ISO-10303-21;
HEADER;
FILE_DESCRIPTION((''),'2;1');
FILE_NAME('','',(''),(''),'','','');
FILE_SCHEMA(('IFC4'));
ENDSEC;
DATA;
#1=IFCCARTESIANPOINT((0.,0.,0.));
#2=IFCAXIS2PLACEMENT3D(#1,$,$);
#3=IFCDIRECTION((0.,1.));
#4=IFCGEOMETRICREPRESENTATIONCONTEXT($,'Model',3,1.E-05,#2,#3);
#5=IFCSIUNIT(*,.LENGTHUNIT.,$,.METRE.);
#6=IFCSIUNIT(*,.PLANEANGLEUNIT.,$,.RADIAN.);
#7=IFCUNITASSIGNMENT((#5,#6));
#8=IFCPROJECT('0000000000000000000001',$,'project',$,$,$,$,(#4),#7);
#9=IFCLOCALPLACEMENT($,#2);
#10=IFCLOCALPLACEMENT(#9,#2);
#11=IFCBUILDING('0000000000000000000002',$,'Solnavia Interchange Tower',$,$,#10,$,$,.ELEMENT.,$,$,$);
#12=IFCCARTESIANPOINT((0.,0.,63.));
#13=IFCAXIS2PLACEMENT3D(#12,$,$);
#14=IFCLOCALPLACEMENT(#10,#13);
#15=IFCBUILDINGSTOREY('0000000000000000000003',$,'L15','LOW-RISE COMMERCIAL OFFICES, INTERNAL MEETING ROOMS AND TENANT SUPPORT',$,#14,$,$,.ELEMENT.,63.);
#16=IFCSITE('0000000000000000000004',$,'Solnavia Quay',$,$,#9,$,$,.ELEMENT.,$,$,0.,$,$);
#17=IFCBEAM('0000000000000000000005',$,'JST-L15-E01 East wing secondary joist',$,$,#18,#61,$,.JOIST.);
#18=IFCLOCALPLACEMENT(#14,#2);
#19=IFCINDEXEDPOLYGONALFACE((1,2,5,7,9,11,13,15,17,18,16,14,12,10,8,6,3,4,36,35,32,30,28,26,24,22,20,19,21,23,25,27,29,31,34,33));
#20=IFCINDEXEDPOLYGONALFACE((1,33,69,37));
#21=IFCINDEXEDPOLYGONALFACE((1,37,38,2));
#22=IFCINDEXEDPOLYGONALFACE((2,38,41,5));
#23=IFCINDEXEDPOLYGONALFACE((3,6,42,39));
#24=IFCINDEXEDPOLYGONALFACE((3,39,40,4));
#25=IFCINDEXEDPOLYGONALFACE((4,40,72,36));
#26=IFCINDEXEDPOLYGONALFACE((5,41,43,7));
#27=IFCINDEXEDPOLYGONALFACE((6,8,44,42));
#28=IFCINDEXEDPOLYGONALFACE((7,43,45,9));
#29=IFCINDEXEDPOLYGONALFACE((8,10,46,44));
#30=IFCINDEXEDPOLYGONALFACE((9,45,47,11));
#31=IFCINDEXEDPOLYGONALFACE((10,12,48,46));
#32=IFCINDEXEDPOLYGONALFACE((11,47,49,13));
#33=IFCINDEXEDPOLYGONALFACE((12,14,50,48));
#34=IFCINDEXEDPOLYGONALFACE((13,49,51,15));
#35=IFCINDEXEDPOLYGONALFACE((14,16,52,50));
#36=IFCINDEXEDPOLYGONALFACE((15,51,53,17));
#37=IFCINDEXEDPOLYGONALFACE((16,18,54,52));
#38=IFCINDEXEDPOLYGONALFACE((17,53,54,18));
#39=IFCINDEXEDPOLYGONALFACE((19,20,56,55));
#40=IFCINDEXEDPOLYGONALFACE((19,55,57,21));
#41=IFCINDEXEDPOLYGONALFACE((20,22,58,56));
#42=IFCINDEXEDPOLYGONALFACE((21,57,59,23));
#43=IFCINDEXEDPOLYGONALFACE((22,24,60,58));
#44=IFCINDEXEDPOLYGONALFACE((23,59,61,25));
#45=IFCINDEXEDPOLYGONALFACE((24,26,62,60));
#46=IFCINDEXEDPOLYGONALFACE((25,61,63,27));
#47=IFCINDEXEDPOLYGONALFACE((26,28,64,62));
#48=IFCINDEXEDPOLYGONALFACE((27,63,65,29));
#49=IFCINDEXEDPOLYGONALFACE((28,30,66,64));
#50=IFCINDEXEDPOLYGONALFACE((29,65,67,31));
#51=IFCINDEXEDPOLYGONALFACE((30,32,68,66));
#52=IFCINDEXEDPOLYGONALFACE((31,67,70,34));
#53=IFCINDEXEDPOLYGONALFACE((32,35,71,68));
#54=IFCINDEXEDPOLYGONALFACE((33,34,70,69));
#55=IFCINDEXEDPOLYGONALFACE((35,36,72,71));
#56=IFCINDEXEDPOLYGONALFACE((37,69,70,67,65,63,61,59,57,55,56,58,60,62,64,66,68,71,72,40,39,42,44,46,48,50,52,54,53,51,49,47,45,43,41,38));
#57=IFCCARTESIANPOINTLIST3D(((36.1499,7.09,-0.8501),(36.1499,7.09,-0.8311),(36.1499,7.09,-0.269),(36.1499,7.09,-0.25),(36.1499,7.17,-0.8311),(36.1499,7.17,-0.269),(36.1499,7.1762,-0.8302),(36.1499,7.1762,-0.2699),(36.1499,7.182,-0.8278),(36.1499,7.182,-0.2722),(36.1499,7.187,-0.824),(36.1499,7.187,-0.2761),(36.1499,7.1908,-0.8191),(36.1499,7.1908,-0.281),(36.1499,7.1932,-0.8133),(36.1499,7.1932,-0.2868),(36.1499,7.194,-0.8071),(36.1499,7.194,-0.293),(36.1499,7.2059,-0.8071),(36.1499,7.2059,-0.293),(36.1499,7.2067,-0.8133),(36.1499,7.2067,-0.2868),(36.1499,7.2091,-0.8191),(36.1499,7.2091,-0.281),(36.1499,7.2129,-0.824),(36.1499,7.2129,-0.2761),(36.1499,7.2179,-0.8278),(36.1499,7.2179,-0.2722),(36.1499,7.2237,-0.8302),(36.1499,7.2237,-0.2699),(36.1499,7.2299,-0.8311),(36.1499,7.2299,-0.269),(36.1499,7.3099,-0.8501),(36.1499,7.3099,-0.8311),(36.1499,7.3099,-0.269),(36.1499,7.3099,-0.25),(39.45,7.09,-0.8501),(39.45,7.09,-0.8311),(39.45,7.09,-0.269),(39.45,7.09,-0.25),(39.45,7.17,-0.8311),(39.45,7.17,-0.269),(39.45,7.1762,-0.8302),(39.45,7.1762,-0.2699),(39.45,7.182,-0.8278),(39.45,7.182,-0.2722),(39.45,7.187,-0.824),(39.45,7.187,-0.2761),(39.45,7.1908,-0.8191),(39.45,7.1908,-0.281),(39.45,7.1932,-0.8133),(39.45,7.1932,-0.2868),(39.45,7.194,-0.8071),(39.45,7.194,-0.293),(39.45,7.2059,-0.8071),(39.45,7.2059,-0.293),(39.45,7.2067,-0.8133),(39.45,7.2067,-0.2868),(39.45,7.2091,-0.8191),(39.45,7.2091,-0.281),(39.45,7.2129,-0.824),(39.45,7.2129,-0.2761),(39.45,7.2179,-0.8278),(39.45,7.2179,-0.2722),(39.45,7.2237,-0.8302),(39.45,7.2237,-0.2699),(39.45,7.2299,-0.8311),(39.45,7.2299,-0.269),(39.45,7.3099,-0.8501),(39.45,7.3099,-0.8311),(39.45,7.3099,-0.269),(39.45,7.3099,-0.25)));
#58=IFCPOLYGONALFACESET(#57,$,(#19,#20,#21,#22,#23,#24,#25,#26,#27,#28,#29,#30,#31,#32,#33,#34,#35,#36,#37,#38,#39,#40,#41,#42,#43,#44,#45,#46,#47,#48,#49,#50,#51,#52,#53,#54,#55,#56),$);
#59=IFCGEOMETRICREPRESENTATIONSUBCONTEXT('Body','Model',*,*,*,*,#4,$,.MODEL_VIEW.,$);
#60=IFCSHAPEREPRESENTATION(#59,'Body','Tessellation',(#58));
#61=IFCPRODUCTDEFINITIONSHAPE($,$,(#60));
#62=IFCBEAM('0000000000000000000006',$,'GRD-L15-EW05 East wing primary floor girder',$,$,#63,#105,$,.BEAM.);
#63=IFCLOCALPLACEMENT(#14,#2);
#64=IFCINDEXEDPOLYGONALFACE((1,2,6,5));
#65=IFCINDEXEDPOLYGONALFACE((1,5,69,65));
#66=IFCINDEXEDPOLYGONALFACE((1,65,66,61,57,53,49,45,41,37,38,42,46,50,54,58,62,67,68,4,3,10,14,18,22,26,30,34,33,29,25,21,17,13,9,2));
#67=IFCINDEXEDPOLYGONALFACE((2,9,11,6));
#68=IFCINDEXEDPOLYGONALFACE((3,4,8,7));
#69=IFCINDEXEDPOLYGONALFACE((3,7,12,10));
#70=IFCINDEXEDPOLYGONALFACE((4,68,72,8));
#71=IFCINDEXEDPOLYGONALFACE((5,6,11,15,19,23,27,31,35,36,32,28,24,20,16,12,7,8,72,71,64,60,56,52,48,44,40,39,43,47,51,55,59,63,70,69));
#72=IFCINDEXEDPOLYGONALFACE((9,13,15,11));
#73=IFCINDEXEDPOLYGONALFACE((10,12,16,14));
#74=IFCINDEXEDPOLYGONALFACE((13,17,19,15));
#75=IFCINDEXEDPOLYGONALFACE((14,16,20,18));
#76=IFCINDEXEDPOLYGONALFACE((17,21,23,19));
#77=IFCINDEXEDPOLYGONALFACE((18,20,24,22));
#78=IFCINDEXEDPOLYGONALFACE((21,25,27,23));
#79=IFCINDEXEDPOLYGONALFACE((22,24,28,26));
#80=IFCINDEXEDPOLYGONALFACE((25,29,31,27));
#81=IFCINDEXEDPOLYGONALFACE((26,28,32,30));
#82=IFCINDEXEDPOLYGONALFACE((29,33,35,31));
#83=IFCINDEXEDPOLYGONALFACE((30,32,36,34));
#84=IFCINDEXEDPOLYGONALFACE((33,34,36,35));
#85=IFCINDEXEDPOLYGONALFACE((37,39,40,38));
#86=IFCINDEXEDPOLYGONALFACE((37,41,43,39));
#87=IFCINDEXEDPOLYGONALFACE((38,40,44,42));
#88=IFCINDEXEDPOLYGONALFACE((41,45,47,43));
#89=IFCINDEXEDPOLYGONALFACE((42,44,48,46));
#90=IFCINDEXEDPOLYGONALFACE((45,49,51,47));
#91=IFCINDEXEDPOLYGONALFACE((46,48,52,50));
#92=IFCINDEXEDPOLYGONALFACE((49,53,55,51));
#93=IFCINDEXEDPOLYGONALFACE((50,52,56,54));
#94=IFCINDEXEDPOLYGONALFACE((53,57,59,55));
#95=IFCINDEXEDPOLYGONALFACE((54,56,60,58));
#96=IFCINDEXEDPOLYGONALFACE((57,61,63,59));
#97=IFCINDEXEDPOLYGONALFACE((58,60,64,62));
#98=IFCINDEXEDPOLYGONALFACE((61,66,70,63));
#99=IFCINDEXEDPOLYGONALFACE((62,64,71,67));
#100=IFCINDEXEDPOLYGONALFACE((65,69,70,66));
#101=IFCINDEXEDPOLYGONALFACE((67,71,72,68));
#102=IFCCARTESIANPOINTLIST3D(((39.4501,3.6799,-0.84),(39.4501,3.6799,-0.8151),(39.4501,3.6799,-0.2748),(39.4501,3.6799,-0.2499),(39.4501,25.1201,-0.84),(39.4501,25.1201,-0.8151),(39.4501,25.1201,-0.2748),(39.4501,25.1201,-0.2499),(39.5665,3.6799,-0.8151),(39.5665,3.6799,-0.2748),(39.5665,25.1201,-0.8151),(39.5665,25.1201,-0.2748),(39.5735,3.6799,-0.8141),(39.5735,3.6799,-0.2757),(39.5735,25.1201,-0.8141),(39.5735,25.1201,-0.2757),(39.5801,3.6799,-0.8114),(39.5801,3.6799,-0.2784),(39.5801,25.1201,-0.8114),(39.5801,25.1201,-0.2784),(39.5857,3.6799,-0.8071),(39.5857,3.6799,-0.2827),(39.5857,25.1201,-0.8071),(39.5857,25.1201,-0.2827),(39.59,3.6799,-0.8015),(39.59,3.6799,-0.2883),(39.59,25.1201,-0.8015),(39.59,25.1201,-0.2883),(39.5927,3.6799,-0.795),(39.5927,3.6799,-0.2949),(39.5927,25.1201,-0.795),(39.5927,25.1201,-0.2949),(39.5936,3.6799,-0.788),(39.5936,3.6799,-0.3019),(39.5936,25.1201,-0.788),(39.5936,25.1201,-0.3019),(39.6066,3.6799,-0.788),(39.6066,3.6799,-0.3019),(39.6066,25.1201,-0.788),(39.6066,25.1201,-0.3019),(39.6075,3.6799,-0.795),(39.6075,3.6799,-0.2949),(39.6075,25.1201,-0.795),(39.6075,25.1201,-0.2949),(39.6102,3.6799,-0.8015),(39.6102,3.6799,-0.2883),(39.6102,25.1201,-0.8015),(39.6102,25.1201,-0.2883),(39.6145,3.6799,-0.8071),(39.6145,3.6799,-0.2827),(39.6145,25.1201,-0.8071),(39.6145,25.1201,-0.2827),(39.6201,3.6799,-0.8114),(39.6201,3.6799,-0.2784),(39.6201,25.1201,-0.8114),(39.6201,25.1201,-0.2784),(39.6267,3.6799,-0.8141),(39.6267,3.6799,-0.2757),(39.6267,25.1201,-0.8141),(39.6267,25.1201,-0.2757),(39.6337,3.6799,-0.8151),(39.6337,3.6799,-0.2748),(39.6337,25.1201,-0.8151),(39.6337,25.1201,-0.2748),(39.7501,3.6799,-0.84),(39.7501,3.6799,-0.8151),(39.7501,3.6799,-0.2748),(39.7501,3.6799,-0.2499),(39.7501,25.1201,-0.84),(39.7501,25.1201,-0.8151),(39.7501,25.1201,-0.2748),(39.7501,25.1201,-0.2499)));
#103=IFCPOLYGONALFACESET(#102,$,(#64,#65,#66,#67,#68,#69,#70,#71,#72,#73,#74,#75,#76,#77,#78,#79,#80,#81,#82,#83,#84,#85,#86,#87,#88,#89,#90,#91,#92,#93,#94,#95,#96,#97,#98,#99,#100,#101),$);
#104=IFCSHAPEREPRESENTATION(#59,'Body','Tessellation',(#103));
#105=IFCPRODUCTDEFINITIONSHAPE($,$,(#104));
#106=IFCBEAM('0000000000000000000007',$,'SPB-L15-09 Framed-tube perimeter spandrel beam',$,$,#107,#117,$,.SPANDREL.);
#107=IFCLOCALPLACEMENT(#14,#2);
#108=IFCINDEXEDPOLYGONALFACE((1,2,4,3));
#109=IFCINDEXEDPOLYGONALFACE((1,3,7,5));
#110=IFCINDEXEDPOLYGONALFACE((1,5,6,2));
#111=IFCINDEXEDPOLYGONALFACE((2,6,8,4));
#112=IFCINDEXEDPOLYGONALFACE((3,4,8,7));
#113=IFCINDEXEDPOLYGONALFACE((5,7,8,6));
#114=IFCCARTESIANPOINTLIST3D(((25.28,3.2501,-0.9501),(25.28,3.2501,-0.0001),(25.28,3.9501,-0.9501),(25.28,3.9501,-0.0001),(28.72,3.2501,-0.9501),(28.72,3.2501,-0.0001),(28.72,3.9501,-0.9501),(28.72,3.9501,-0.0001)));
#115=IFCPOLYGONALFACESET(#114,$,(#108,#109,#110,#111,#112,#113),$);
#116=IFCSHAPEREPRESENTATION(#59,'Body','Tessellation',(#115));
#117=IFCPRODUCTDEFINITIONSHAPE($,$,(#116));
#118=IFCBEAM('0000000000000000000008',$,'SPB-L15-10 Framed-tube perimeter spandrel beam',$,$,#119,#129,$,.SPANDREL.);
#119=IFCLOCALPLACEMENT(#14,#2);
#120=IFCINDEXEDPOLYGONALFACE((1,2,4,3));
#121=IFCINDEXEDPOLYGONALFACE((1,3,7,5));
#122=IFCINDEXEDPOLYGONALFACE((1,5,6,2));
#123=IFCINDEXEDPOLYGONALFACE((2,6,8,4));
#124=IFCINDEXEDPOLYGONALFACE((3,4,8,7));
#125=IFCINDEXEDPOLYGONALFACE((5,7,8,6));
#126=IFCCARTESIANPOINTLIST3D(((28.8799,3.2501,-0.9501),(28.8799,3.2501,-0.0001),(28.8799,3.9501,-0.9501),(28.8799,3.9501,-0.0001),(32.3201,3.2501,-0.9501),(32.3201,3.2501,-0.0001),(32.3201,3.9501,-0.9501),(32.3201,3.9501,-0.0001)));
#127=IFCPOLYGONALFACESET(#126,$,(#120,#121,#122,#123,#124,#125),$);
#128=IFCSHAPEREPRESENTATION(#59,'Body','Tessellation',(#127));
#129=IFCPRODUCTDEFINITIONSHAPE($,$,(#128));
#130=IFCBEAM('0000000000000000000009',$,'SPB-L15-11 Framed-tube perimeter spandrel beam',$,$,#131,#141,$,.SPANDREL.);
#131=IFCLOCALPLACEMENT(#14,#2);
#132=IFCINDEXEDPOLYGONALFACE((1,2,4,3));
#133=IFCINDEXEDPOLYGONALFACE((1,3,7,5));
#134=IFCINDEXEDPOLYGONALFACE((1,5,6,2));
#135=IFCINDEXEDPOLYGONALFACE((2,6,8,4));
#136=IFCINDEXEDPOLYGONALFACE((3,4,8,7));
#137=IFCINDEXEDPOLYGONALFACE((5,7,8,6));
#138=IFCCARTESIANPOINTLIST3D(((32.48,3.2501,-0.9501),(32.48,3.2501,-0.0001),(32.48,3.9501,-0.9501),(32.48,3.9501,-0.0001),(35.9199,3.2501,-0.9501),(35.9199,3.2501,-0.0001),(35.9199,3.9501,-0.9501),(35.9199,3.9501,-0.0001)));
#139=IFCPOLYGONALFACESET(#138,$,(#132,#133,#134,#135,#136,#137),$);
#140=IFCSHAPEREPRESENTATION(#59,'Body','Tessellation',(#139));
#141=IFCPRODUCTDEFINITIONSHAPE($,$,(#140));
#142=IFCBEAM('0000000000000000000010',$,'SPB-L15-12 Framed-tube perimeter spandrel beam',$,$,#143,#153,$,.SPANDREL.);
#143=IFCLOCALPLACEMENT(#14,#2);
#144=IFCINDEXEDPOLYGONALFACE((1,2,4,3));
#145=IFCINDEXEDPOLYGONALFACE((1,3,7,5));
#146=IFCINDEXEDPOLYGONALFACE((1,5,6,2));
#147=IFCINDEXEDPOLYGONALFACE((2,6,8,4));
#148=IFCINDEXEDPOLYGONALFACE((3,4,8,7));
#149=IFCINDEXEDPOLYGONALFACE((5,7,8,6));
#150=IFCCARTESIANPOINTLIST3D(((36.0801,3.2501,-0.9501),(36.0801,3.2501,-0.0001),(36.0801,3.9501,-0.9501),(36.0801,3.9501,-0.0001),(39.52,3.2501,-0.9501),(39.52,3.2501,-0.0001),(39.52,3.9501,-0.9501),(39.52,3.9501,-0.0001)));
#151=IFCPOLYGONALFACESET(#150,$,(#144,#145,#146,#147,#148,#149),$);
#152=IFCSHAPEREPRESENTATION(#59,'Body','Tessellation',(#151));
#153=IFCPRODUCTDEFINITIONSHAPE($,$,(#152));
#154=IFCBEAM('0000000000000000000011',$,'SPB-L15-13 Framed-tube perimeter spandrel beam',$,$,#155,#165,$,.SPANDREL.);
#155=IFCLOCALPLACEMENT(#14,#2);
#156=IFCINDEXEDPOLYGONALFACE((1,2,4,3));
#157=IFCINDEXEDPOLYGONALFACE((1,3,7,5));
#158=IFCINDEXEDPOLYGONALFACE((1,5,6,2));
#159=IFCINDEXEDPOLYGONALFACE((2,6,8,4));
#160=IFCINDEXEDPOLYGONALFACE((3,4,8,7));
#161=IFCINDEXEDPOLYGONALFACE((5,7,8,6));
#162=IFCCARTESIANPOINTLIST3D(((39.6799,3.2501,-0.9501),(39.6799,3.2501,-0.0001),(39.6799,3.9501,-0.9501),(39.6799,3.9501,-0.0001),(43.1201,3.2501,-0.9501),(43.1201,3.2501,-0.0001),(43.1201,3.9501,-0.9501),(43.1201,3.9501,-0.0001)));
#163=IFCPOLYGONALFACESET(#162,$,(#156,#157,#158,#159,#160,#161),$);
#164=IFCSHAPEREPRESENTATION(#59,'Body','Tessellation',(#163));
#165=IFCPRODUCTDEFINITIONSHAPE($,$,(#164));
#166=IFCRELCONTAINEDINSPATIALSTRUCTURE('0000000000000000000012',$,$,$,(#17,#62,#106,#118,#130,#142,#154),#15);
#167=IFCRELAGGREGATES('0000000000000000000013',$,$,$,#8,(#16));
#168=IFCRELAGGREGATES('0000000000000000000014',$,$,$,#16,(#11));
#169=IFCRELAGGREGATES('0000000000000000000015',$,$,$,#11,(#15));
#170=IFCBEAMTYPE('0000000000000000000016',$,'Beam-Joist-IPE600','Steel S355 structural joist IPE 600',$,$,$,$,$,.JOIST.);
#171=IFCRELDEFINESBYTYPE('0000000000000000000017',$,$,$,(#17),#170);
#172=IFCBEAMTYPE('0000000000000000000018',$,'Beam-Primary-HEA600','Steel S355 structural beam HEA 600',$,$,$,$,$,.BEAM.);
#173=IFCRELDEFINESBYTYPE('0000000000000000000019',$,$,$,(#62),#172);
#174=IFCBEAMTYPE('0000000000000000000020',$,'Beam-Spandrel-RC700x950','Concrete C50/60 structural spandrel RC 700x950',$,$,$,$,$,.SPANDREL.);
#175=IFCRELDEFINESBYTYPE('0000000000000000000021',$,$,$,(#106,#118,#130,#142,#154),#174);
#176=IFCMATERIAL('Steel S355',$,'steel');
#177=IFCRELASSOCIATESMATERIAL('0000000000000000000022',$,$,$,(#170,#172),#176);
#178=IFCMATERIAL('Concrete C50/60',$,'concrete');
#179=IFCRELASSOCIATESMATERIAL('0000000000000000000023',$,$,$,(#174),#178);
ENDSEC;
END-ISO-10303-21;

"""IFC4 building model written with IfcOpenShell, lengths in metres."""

from ifc_helpers import new_model, si_unit, direction, frame, origin, origin_2d, place, context, subcontext, project, spatial, rectangle, i_section, extrude, material, material_profile, profile_set, type_object, element, save


model = new_model("IFC4")

# Units and contexts
model_context = context("Model", 3, precision=1e-05, world=origin(), true_north=direction((0.0, 1.0)))
body_context = subcontext(model_context, "Body", "Model", "MODEL_VIEW")
ifc_project = project(units=[si_unit("LENGTHUNIT", "METRE"), si_unit("PLANEANGLEUNIT", "RADIAN")], contexts=[model_context])

# Site, building, storey
site_placement = place(None, origin())
site = spatial("IfcSite", under=ifc_project, at=site_placement, Name="Solnavia Quay", CompositionType="ELEMENT", RefElevation=0.0)
building_placement = place(site_placement, origin())
building = spatial("IfcBuilding", under=site, at=building_placement, Name="Solnavia Interchange Tower", CompositionType="ELEMENT")
storey_placement = place(building_placement, frame((0.0, 0.0, 63.0)))
storey = spatial("IfcBuildingStorey", under=building, at=storey_placement, Name="L15", Description="LOW-RISE COMMERCIAL OFFICES, INTERNAL MEETING ROOMS AND TENANT SUPPORT", CompositionType="ELEMENT", Elevation=63.0)

# Beams
ifc_material_1 = material(Name="Steel S355", Category="steel")
ifc_material_profile_1 = material_profile(ifc_material_1, i_section(OverallWidth=0.22, OverallDepth=0.6001, WebThickness=0.012, FlangeThickness=0.019, FilletRadius=0.0239, at=origin_2d()), Name="IPE 600")
ifc_profile_set_1 = profile_set([ifc_material_profile_1], Name="Steel S355")
beam_type_1 = type_object("IfcBeamType", Name="Beam-Joist-IPE600", Description="Steel S355 structural joist IPE 600", PredefinedType="JOIST", material=ifc_profile_set_1)
beam_1_placement = place(storey_placement, frame((36.1499, 7.2, -0.55), z_axis=(1.0, 0.0, 0.0), x_axis=(0.0, 1.0, 0.0)))
element("IfcBeam", 1, at=beam_1_placement, inside=storey, type_object=beam_type_1, Name="JST-L15-E01 East wing secondary joist", PredefinedType="JOIST", context=body_context, shape_type="SweptSolid", body=[
    extrude(i_section(OverallWidth=0.22, OverallDepth=0.6001, WebThickness=0.012, FlangeThickness=0.019, FilletRadius=0.0239, at=origin_2d()), origin(), (0.0, 0.0, 1.0), 3.3),
])
ifc_material_profile_2 = material_profile(ifc_material_1, i_section(OverallWidth=0.3, OverallDepth=0.5901, WebThickness=0.0129, FlangeThickness=0.0249, FilletRadius=0.0271, at=origin_2d()), Name="HEA 600")
ifc_profile_set_2 = profile_set([ifc_material_profile_2], Name="Steel S355")
beam_type_2 = type_object("IfcBeamType", Name="Beam-Primary-HEA600", Description="Steel S355 structural beam HEA 600", PredefinedType="BEAM", material=ifc_profile_set_2)
beam_2_placement = place(storey_placement, frame((39.6001, 3.6799, -0.5449), z_axis=(0.0, 1.0, 0.0), x_axis=(-1.0, 0.0, 0.0)))
element("IfcBeam", 2, at=beam_2_placement, inside=storey, type_object=beam_type_2, Name="GRD-L15-EW05 East wing primary floor girder", PredefinedType="BEAM", context=body_context, shape_type="SweptSolid", body=[
    extrude(i_section(OverallWidth=0.3, OverallDepth=0.5901, WebThickness=0.0129, FlangeThickness=0.0249, FilletRadius=0.0271, at=origin_2d()), origin(), (0.0, 0.0, 1.0), 21.4402),
])
ifc_material_2 = material(Name="Concrete C50/60", Category="concrete")
ifc_material_profile_3 = material_profile(ifc_material_2, rectangle(XDim=0.7, YDim=0.95, at=origin_2d()), Name="RC 700x950")
ifc_profile_set_3 = profile_set([ifc_material_profile_3], Name="Concrete C50/60")
beam_type_3 = type_object("IfcBeamType", Name="Beam-Spandrel-RC700x950", Description="Concrete C50/60 structural spandrel RC 700x950", PredefinedType="SPANDREL", material=ifc_profile_set_3)
beam_3_placement = place(storey_placement, frame((25.28, 3.6001, -0.4751), z_axis=(1.0, 0.0, 0.0), x_axis=(0.0, 1.0, 0.0)))
element("IfcBeam", 3, at=beam_3_placement, inside=storey, type_object=beam_type_3, Name="SPB-L15-09 Framed-tube perimeter spandrel beam", PredefinedType="SPANDREL", context=body_context, shape_type="SweptSolid", body=[
    extrude(rectangle(XDim=0.7, YDim=0.95, at=origin_2d()), origin(), (0.0, 0.0, 1.0), 3.4399),
])
beam_4_placement = place(storey_placement, frame((28.8799, 3.6001, -0.4751), z_axis=(1.0, 0.0, 0.0), x_axis=(0.0, 1.0, 0.0)))
element("IfcBeam", 4, at=beam_4_placement, inside=storey, type_object=beam_type_3, Name="SPB-L15-10 Framed-tube perimeter spandrel beam", PredefinedType="SPANDREL", context=body_context, shape_type="SweptSolid", body=[
    extrude(rectangle(XDim=0.7, YDim=0.95, at=origin_2d()), origin(), (0.0, 0.0, 1.0), 3.4402),
])
for number, where, z_axis, x_axis, name in (
    (5, (32.48, 3.6001, -0.4751), (1.0, 0.0, 0.0), (0.0, 1.0, 0.0), "SPB-L15-11 Framed-tube perimeter spandrel beam"),
    (6, (36.0801, 3.6001, -0.4751), (1.0, 0.0, 0.0), (0.0, 1.0, 0.0), "SPB-L15-12 Framed-tube perimeter spandrel beam"),
):
    element("IfcBeam", number, at=place(storey_placement, frame(where, z_axis=z_axis, x_axis=x_axis)), inside=storey, type_object=beam_type_3, Name=name, PredefinedType="SPANDREL", context=body_context, shape_type="SweptSolid", body=[
        extrude(rectangle(XDim=0.7, YDim=0.95, at=origin_2d()), origin(), (0.0, 0.0, 1.0), 3.4399),
    ])
beam_5_placement = place(storey_placement, frame((39.6799, 3.6001, -0.4751), z_axis=(1.0, 0.0, 0.0), x_axis=(0.0, 1.0, 0.0)))
element("IfcBeam", 7, at=beam_5_placement, inside=storey, type_object=beam_type_3, Name="SPB-L15-13 Framed-tube perimeter spandrel beam", PredefinedType="SPANDREL", context=body_context, shape_type="SweptSolid", body=[
    extrude(rectangle(XDim=0.7, YDim=0.95, at=origin_2d()), origin(), (0.0, 0.0, 1.0), 3.4402),
])

save(model, "model.ifc")
